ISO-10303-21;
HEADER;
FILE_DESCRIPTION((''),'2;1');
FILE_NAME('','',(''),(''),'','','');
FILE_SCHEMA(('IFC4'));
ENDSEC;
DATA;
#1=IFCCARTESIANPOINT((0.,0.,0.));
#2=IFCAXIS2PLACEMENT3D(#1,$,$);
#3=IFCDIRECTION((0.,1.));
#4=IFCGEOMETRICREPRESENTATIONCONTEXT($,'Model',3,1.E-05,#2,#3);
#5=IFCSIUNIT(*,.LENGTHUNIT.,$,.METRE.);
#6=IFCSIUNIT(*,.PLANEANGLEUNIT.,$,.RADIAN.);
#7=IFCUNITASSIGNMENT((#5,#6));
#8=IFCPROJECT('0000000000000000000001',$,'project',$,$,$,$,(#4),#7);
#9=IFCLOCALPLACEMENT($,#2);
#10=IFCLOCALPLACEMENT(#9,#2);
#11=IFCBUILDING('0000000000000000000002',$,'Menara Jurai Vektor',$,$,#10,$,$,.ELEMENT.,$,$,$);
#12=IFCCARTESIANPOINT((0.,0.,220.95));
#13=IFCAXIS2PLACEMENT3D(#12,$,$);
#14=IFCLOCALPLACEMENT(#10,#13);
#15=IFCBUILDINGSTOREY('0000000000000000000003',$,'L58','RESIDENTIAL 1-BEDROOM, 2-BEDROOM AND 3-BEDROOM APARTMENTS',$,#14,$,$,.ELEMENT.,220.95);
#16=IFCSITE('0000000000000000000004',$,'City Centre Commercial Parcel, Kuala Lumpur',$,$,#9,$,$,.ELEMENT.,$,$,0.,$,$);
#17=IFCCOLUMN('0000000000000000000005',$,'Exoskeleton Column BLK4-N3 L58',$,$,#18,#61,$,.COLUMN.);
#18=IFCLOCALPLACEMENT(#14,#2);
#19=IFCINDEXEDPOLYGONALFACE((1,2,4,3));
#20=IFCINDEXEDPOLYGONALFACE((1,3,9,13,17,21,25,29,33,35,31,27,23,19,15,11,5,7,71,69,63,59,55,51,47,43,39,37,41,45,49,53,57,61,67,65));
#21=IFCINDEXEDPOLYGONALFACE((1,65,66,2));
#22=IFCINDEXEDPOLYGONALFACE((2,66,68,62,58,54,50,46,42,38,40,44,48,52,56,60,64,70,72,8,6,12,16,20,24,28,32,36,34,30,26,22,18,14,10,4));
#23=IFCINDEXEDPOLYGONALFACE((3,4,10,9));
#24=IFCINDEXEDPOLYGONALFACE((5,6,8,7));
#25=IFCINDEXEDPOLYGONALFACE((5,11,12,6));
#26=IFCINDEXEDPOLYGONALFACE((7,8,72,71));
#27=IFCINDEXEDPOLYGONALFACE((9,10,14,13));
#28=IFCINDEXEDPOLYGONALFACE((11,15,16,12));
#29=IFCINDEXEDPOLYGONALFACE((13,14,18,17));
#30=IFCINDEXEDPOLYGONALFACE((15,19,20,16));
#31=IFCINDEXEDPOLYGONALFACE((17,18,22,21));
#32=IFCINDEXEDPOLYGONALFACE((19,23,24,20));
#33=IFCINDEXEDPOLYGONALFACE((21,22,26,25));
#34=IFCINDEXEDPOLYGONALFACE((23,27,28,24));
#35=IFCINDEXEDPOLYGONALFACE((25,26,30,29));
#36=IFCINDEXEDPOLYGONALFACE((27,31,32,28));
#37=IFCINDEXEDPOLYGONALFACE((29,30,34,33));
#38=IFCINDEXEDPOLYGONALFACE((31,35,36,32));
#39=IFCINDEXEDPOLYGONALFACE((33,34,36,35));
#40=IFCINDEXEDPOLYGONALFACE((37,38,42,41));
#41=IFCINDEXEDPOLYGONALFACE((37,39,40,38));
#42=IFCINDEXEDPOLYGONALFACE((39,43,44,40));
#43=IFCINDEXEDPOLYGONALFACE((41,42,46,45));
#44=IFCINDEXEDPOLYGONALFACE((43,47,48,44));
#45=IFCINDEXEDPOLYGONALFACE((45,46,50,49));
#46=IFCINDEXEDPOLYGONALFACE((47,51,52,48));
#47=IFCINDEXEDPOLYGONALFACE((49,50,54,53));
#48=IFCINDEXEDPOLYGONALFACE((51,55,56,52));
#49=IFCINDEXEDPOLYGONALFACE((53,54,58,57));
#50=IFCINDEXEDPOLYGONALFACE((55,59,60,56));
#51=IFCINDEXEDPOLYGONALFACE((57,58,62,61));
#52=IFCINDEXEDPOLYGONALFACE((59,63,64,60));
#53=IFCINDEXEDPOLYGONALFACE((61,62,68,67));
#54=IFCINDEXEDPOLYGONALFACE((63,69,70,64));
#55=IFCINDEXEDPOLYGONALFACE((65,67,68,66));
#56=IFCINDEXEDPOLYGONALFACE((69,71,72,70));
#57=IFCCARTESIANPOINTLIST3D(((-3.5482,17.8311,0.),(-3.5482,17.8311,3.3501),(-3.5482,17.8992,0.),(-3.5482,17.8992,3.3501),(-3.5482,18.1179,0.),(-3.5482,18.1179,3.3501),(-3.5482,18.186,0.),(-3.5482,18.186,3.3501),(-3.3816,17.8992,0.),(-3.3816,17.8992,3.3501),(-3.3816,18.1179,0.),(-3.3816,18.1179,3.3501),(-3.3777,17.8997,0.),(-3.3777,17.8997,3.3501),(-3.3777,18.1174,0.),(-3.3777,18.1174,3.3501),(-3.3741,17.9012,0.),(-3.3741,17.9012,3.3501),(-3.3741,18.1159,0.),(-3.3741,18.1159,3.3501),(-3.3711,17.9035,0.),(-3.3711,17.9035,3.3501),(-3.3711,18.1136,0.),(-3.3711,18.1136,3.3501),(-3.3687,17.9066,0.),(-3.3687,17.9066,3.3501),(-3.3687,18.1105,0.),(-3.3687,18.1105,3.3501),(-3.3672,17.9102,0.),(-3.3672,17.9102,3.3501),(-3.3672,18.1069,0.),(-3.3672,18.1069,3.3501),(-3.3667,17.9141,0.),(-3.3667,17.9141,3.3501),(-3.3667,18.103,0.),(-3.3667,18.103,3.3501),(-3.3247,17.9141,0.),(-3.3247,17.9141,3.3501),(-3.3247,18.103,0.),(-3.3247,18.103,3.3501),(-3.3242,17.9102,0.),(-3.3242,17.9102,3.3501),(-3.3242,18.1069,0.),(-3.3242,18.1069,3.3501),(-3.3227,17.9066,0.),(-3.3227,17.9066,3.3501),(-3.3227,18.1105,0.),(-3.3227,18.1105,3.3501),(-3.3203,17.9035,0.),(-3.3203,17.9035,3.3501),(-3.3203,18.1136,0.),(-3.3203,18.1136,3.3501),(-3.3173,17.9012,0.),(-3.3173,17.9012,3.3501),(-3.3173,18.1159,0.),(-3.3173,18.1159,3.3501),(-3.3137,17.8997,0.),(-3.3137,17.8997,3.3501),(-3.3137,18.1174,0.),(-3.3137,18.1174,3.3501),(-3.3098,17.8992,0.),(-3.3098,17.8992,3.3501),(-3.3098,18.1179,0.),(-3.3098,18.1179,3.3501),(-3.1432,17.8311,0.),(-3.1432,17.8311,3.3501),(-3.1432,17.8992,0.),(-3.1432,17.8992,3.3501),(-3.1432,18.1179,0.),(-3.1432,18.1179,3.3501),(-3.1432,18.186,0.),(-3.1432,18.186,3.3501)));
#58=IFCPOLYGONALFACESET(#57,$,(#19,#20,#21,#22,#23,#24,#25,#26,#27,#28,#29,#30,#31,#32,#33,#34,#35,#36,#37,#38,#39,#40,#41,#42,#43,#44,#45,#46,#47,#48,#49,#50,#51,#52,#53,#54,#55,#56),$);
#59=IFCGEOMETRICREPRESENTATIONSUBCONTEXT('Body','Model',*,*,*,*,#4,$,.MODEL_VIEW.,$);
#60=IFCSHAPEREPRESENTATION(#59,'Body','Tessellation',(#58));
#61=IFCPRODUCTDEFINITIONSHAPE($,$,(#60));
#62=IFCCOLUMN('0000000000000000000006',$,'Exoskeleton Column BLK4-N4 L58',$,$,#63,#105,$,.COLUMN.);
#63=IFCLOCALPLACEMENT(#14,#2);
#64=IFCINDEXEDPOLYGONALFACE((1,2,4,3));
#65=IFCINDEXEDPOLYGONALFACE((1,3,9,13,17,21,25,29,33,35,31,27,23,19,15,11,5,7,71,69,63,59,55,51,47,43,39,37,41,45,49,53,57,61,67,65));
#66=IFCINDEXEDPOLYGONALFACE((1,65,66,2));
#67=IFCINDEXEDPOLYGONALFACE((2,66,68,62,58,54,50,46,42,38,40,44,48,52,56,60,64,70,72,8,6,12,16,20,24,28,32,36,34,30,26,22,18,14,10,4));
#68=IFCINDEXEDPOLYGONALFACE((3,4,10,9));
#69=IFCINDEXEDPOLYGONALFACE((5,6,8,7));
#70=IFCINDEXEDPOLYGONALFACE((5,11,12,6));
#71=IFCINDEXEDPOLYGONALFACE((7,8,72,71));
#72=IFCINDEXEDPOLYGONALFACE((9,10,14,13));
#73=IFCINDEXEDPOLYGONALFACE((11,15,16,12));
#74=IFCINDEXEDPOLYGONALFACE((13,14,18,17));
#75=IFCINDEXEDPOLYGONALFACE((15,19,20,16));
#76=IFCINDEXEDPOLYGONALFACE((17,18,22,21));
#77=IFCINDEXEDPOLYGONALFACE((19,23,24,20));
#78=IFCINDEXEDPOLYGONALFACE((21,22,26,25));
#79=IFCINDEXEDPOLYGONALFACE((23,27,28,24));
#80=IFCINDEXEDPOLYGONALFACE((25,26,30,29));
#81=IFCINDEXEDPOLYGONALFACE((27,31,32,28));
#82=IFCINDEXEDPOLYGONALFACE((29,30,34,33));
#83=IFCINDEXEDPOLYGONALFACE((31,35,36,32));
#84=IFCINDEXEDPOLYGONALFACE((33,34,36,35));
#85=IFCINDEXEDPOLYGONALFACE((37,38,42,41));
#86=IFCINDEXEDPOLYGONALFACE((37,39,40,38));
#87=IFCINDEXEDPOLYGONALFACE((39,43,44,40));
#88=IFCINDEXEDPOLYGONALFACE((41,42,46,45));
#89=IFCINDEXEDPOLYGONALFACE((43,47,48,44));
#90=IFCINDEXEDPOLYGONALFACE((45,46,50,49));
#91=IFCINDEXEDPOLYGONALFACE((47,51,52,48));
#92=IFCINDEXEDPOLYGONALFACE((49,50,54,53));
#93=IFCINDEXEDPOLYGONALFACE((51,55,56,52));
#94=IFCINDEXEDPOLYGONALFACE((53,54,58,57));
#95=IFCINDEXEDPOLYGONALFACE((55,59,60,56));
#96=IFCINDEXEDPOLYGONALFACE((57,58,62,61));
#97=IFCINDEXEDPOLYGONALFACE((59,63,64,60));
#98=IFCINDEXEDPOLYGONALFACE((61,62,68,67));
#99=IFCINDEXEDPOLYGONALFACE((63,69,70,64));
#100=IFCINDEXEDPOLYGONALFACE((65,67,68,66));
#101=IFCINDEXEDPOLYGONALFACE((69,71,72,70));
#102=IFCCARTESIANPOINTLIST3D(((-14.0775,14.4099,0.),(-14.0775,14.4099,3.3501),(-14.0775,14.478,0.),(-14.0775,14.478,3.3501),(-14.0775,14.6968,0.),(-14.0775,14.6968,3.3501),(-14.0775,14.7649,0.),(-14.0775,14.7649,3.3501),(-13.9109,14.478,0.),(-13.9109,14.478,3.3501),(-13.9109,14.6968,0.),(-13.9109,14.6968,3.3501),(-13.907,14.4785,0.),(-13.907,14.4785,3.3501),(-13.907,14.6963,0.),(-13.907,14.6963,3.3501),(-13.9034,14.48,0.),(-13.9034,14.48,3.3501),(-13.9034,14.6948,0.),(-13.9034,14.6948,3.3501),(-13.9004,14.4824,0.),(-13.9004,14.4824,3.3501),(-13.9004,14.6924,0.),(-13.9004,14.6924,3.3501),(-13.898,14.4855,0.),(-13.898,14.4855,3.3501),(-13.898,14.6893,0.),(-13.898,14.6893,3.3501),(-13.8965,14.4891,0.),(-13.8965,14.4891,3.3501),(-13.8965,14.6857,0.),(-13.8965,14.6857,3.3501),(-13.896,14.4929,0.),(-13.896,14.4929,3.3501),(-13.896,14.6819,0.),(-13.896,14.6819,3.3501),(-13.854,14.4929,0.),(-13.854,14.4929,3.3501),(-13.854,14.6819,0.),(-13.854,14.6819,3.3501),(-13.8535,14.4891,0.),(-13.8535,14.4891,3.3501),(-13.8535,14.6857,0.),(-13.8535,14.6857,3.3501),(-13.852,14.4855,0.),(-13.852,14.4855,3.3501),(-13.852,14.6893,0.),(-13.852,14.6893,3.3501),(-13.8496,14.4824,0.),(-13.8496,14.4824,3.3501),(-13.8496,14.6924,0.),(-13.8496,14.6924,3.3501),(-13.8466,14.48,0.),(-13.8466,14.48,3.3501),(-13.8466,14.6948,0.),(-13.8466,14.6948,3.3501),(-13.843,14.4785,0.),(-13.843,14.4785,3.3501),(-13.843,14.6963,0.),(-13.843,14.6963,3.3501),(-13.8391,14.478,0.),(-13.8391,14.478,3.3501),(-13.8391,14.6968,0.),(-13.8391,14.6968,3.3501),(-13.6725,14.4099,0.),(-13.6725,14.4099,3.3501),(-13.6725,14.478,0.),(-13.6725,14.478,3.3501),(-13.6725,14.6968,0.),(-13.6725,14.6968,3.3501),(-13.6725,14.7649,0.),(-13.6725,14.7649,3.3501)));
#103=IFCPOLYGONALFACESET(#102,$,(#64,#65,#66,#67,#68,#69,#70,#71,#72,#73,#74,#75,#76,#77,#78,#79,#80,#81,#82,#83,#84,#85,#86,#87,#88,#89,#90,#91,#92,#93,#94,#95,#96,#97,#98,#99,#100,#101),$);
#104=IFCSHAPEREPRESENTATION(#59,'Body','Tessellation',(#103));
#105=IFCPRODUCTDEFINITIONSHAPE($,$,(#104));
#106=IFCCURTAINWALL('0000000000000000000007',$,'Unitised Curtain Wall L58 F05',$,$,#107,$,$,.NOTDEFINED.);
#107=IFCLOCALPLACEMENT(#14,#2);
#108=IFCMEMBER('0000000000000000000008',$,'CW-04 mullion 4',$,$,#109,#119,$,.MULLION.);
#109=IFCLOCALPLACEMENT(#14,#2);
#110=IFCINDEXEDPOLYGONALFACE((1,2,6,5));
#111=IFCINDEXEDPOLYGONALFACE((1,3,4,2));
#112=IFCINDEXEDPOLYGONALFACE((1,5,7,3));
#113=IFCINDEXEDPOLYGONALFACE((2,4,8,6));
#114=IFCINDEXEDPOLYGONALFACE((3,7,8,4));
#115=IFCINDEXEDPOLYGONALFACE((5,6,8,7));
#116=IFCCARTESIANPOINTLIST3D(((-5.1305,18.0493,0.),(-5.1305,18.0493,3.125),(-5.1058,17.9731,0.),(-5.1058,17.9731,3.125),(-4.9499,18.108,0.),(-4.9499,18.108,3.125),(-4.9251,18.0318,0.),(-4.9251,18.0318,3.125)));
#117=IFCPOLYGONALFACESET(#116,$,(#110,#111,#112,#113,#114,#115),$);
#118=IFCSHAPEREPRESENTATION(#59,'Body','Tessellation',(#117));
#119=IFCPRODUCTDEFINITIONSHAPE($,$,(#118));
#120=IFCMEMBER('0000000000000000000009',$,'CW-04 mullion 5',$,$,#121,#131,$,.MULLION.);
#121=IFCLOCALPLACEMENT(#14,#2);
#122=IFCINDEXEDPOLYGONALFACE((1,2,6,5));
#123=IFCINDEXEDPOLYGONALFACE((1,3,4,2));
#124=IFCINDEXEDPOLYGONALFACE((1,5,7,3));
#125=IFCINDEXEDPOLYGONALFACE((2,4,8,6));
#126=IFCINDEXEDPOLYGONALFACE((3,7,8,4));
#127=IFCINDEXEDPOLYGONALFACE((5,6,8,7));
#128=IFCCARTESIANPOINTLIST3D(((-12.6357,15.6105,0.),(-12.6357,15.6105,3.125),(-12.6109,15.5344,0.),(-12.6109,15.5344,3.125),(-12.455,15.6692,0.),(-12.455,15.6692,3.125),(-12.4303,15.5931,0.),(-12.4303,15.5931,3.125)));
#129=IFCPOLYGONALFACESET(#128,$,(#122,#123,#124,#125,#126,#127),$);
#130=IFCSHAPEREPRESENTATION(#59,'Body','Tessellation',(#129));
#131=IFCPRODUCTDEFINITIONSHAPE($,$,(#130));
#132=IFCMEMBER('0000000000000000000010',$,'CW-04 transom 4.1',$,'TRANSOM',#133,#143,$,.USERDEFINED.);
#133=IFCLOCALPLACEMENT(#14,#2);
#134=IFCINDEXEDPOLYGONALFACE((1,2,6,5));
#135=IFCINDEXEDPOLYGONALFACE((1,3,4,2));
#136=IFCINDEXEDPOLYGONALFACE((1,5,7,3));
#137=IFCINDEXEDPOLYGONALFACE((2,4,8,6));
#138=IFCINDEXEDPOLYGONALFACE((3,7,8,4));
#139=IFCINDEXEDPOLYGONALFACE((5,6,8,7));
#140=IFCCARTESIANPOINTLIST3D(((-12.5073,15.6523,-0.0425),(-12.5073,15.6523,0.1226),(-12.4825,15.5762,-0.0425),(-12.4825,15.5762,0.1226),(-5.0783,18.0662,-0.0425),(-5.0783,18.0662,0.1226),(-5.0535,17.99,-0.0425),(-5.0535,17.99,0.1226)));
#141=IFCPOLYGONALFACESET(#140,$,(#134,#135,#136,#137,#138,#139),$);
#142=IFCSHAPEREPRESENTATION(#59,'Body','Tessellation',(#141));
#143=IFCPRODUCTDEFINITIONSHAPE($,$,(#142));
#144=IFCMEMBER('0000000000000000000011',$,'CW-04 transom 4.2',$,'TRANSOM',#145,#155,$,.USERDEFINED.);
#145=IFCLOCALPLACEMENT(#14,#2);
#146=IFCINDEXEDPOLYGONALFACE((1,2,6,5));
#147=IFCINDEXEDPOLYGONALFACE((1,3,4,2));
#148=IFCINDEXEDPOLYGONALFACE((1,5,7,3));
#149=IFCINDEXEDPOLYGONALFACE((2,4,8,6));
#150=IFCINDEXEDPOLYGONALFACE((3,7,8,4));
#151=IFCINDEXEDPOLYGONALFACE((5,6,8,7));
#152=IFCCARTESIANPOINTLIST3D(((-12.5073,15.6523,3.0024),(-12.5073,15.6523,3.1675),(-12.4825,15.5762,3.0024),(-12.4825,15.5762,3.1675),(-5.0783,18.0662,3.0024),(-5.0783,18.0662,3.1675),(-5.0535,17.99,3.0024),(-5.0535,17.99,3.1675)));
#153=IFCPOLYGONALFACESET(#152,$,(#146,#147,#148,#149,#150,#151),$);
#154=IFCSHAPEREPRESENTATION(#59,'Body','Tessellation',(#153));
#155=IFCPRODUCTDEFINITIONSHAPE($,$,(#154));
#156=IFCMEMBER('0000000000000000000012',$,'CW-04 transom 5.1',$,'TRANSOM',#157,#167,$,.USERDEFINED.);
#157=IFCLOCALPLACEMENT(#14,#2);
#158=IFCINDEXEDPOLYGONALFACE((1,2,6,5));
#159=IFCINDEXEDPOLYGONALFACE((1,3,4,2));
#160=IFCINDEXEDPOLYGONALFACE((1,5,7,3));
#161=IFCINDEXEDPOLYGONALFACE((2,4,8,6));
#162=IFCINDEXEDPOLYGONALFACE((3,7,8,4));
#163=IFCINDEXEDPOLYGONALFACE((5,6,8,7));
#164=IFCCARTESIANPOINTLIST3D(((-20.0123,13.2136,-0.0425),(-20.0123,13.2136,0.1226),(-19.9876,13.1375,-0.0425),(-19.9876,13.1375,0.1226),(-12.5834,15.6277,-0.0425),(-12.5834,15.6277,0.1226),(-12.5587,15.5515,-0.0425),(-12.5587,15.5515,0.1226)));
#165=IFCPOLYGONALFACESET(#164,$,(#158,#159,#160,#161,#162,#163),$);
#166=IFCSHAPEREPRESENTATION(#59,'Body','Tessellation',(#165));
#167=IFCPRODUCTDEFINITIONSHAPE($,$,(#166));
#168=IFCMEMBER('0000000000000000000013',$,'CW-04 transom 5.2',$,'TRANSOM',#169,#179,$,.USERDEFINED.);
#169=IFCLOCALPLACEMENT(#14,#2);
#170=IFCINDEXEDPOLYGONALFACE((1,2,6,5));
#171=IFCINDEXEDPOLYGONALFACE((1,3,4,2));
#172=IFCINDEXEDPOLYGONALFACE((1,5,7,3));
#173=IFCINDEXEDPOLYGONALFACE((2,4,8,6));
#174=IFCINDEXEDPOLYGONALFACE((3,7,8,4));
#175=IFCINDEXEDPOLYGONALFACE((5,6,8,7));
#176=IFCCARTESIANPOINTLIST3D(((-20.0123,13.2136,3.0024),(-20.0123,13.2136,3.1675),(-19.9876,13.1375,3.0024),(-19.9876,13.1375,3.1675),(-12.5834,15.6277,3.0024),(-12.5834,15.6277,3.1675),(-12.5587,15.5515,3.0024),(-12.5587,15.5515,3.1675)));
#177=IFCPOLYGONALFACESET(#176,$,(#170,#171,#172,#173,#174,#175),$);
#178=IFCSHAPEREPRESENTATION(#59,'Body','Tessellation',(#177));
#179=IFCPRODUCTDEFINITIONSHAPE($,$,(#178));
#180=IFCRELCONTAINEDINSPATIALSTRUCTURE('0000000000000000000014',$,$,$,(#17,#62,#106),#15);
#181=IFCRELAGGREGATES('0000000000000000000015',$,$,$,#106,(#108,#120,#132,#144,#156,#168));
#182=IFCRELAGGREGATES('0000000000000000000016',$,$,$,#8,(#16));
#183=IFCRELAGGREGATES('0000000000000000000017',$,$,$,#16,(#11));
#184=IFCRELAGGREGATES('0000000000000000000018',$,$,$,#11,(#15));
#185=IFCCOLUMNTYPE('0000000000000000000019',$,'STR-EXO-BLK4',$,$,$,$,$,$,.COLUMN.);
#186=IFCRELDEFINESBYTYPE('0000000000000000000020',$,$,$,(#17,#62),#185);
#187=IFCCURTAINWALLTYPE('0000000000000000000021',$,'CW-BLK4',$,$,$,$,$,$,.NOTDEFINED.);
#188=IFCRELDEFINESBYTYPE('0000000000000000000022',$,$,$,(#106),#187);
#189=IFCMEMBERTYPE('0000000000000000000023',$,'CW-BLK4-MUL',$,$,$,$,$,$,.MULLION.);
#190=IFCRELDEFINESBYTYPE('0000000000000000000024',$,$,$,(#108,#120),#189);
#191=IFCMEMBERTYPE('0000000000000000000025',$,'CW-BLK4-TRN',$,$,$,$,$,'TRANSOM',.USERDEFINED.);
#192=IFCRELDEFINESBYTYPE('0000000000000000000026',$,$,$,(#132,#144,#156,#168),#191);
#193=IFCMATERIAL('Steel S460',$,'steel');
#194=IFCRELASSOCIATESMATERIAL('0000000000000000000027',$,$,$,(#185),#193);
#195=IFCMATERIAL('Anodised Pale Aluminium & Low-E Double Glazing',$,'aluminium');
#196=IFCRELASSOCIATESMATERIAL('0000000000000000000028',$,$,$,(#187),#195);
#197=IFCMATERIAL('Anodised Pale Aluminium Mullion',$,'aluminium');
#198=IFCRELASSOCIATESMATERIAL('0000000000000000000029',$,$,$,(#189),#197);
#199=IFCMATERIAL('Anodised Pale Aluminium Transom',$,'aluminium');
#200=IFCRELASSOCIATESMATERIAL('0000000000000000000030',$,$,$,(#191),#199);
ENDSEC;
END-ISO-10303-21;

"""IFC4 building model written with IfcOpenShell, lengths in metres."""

from ifc_helpers import new_model, si_unit, direction, frame, origin, origin_2d, place, context, subcontext, project, spatial, rectangle, i_section, extrude, material, material_profile, profile_set, type_object, element, aggregate, save


model = new_model("IFC4")

# Units and contexts
model_context = context("Model", 3, precision=1e-05, world=origin(), true_north=direction((0.0, 1.0)))
body_context = subcontext(model_context, "Body", "Model", "MODEL_VIEW")
ifc_project = project(units=[si_unit("LENGTHUNIT", "METRE"), si_unit("PLANEANGLEUNIT", "RADIAN")], contexts=[model_context])

# Site, building, storey
site_placement = place(None, origin())
site = spatial("IfcSite", under=ifc_project, at=site_placement, Name="City Centre Commercial Parcel, Kuala Lumpur", CompositionType="ELEMENT", RefElevation=0.0)
building_placement = place(site_placement, origin())
building = spatial("IfcBuilding", under=site, at=building_placement, Name="Menara Jurai Vektor", CompositionType="ELEMENT")
storey_placement = place(building_placement, frame((0.0, 0.0, 220.95)))
storey = spatial("IfcBuildingStorey", under=building, at=storey_placement, Name="L58", Description="RESIDENTIAL 1-BEDROOM, 2-BEDROOM AND 3-BEDROOM APARTMENTS", CompositionType="ELEMENT", Elevation=220.95)

# Columns
ifc_material_1 = material(Name="Steel S460", Category="steel")
ifc_material_profile_1 = material_profile(ifc_material_1, i_section(OverallWidth=0.405, OverallDepth=0.355, WebThickness=0.042, FlangeThickness=0.0681, FilletRadius=0.0149, at=origin_2d()), Name="HD 400x551")
ifc_profile_set_1 = profile_set([ifc_material_profile_1], Name="Steel S460")
column_type = type_object("IfcColumnType", Name="STR-EXO-BLK4", PredefinedType="COLUMN", material=ifc_profile_set_1)
for number, where, z_axis, x_axis, name in (
    (1, (-3.3457, 18.0085, 0.0), (0.0, 0.0, 1.0), (1.0, 0.0, 0.0), "Exoskeleton Column BLK4-N3 L58"),
    (2, (-13.875, 14.5874, 0.0), (0.0, 0.0, 1.0), (1.0, 0.0, 0.0), "Exoskeleton Column BLK4-N4 L58"),
):
    element("IfcColumn", number, at=place(storey_placement, frame(where, z_axis=z_axis, x_axis=x_axis)), inside=storey, type_object=column_type, Name=name, PredefinedType="COLUMN", context=body_context, shape_type="SweptSolid", body=[
        extrude(i_section(OverallWidth=0.405, OverallDepth=0.355, WebThickness=0.042, FlangeThickness=0.0681, FilletRadius=0.0149, at=origin_2d()), origin(), (0.0, 0.0, 1.0), 3.3501),
    ])

# Curtain wall, members
ifc_material_2 = material(Name="Anodised Pale Aluminium & Low-E Double Glazing", Category="aluminium")
curtain_wall_type = type_object("IfcCurtainWallType", Name="CW-BLK4", PredefinedType="NOTDEFINED", material=ifc_material_2)
curtain_wall_placement = place(storey_placement, origin())
curtain_wall = element("IfcCurtainWall", 3, at=curtain_wall_placement, inside=storey, type_object=curtain_wall_type, Name="Unitised Curtain Wall L58 F05", PredefinedType="NOTDEFINED")
ifc_material_3 = material(Name="Anodised Pale Aluminium Mullion", Category="aluminium")
ifc_material_profile_2 = material_profile(ifc_material_3, rectangle(XDim=0.0801, YDim=0.1899, at=origin_2d()), Name="ALU MUL 80x190")
ifc_profile_set_2 = profile_set([ifc_material_profile_2], Name="Anodised Pale Aluminium Mullion")
member_type_1 = type_object("IfcMemberType", Name="CW-BLK4-MUL", PredefinedType="MULLION", material=ifc_profile_set_2)
member_1_placement = place(storey_placement, frame((-5.0278, 18.0405, 0.0), z_axis=(0.0, 0.0, 1.0), x_axis=(0.309017, -0.951056, 0.0)))
member_1 = element("IfcMember", 4, at=member_1_placement, type_object=member_type_1, Name="CW-04 mullion 4", PredefinedType="MULLION", context=body_context, shape_type="SweptSolid", body=[
    extrude(rectangle(XDim=0.0801, YDim=0.1899, at=origin_2d()), origin(), (0.0, 0.0, 1.0), 3.125),
])
member_2_placement = place(storey_placement, frame((-12.533, 15.6018, 0.0), z_axis=(0.0, 0.0, 1.0), x_axis=(0.309017, -0.951056, 0.0)))
member_2 = element("IfcMember", 5, at=member_2_placement, type_object=member_type_1, Name="CW-04 mullion 5", PredefinedType="MULLION", context=body_context, shape_type="SweptSolid", body=[
    extrude(rectangle(XDim=0.0801, YDim=0.1899, at=origin_2d()), origin(), (0.0, 0.0, 1.0), 3.125),
])
ifc_material_4 = material(Name="Anodised Pale Aluminium Transom", Category="aluminium")
ifc_material_profile_3 = material_profile(ifc_material_4, rectangle(XDim=0.0801, YDim=0.165, at=origin_2d()), Name="ALU TRN 80x165")
ifc_profile_set_3 = profile_set([ifc_material_profile_3], Name="Anodised Pale Aluminium Transom")
member_type_2 = type_object("IfcMemberType", Name="CW-BLK4-TRN", ElementType="TRANSOM", PredefinedType="USERDEFINED", material=ifc_profile_set_3)
member_3_placement = place(storey_placement, frame((-5.0659, 18.0281, 0.04), z_axis=(-0.951056, -0.309018, 0.0), x_axis=(0.309018, -0.951056, 0.0)))
member_3 = element("IfcMember", 6, at=member_3_placement, type_object=member_type_2, Name="CW-04 transom 4.1", ObjectType="TRANSOM", PredefinedType="USERDEFINED", context=body_context, shape_type="SweptSolid", body=[
    extrude(rectangle(XDim=0.0801, YDim=0.165, at=origin_2d()), origin(), (0.0, 0.0, 1.0), 7.8113),
])
member_4_placement = place(storey_placement, frame((-5.0659, 18.0281, 3.085), z_axis=(-0.951056, -0.309018, 0.0), x_axis=(0.309018, -0.951056, 0.0)))
member_4 = element("IfcMember", 7, at=member_4_placement, type_object=member_type_2, Name="CW-04 transom 4.2", ObjectType="TRANSOM", PredefinedType="USERDEFINED", context=body_context, shape_type="SweptSolid", body=[
    extrude(rectangle(XDim=0.0801, YDim=0.165, at=origin_2d()), origin(), (0.0, 0.0, 1.0), 7.8113),
])
member_5_placement = place(storey_placement, frame((-12.571, 15.5896, 0.04), z_axis=(-0.951047, -0.309046, 0.0), x_axis=(0.309046, -0.951047, 0.0)))
member_5 = element("IfcMember", 8, at=member_5_placement, type_object=member_type_2, Name="CW-04 transom 5.1", ObjectType="TRANSOM", PredefinedType="USERDEFINED", context=body_context, shape_type="SweptSolid", body=[
    extrude(rectangle(XDim=0.0801, YDim=0.165, at=origin_2d()), origin(), (0.0, 0.0, 1.0), 7.8113),
])
member_6_placement = place(storey_placement, frame((-12.571, 15.5896, 3.085), z_axis=(-0.951047, -0.309046, 0.0), x_axis=(0.309046, -0.951047, 0.0)))
member_6 = element("IfcMember", 9, at=member_6_placement, type_object=member_type_2, Name="CW-04 transom 5.2", ObjectType="TRANSOM", PredefinedType="USERDEFINED", context=body_context, shape_type="SweptSolid", body=[
    extrude(rectangle(XDim=0.0801, YDim=0.165, at=origin_2d()), origin(), (0.0, 0.0, 1.0), 7.8113),
])

aggregate(curtain_wall, [member_1, member_2, member_3, member_4, member_5, member_6])

save(model, "model.ifc")
